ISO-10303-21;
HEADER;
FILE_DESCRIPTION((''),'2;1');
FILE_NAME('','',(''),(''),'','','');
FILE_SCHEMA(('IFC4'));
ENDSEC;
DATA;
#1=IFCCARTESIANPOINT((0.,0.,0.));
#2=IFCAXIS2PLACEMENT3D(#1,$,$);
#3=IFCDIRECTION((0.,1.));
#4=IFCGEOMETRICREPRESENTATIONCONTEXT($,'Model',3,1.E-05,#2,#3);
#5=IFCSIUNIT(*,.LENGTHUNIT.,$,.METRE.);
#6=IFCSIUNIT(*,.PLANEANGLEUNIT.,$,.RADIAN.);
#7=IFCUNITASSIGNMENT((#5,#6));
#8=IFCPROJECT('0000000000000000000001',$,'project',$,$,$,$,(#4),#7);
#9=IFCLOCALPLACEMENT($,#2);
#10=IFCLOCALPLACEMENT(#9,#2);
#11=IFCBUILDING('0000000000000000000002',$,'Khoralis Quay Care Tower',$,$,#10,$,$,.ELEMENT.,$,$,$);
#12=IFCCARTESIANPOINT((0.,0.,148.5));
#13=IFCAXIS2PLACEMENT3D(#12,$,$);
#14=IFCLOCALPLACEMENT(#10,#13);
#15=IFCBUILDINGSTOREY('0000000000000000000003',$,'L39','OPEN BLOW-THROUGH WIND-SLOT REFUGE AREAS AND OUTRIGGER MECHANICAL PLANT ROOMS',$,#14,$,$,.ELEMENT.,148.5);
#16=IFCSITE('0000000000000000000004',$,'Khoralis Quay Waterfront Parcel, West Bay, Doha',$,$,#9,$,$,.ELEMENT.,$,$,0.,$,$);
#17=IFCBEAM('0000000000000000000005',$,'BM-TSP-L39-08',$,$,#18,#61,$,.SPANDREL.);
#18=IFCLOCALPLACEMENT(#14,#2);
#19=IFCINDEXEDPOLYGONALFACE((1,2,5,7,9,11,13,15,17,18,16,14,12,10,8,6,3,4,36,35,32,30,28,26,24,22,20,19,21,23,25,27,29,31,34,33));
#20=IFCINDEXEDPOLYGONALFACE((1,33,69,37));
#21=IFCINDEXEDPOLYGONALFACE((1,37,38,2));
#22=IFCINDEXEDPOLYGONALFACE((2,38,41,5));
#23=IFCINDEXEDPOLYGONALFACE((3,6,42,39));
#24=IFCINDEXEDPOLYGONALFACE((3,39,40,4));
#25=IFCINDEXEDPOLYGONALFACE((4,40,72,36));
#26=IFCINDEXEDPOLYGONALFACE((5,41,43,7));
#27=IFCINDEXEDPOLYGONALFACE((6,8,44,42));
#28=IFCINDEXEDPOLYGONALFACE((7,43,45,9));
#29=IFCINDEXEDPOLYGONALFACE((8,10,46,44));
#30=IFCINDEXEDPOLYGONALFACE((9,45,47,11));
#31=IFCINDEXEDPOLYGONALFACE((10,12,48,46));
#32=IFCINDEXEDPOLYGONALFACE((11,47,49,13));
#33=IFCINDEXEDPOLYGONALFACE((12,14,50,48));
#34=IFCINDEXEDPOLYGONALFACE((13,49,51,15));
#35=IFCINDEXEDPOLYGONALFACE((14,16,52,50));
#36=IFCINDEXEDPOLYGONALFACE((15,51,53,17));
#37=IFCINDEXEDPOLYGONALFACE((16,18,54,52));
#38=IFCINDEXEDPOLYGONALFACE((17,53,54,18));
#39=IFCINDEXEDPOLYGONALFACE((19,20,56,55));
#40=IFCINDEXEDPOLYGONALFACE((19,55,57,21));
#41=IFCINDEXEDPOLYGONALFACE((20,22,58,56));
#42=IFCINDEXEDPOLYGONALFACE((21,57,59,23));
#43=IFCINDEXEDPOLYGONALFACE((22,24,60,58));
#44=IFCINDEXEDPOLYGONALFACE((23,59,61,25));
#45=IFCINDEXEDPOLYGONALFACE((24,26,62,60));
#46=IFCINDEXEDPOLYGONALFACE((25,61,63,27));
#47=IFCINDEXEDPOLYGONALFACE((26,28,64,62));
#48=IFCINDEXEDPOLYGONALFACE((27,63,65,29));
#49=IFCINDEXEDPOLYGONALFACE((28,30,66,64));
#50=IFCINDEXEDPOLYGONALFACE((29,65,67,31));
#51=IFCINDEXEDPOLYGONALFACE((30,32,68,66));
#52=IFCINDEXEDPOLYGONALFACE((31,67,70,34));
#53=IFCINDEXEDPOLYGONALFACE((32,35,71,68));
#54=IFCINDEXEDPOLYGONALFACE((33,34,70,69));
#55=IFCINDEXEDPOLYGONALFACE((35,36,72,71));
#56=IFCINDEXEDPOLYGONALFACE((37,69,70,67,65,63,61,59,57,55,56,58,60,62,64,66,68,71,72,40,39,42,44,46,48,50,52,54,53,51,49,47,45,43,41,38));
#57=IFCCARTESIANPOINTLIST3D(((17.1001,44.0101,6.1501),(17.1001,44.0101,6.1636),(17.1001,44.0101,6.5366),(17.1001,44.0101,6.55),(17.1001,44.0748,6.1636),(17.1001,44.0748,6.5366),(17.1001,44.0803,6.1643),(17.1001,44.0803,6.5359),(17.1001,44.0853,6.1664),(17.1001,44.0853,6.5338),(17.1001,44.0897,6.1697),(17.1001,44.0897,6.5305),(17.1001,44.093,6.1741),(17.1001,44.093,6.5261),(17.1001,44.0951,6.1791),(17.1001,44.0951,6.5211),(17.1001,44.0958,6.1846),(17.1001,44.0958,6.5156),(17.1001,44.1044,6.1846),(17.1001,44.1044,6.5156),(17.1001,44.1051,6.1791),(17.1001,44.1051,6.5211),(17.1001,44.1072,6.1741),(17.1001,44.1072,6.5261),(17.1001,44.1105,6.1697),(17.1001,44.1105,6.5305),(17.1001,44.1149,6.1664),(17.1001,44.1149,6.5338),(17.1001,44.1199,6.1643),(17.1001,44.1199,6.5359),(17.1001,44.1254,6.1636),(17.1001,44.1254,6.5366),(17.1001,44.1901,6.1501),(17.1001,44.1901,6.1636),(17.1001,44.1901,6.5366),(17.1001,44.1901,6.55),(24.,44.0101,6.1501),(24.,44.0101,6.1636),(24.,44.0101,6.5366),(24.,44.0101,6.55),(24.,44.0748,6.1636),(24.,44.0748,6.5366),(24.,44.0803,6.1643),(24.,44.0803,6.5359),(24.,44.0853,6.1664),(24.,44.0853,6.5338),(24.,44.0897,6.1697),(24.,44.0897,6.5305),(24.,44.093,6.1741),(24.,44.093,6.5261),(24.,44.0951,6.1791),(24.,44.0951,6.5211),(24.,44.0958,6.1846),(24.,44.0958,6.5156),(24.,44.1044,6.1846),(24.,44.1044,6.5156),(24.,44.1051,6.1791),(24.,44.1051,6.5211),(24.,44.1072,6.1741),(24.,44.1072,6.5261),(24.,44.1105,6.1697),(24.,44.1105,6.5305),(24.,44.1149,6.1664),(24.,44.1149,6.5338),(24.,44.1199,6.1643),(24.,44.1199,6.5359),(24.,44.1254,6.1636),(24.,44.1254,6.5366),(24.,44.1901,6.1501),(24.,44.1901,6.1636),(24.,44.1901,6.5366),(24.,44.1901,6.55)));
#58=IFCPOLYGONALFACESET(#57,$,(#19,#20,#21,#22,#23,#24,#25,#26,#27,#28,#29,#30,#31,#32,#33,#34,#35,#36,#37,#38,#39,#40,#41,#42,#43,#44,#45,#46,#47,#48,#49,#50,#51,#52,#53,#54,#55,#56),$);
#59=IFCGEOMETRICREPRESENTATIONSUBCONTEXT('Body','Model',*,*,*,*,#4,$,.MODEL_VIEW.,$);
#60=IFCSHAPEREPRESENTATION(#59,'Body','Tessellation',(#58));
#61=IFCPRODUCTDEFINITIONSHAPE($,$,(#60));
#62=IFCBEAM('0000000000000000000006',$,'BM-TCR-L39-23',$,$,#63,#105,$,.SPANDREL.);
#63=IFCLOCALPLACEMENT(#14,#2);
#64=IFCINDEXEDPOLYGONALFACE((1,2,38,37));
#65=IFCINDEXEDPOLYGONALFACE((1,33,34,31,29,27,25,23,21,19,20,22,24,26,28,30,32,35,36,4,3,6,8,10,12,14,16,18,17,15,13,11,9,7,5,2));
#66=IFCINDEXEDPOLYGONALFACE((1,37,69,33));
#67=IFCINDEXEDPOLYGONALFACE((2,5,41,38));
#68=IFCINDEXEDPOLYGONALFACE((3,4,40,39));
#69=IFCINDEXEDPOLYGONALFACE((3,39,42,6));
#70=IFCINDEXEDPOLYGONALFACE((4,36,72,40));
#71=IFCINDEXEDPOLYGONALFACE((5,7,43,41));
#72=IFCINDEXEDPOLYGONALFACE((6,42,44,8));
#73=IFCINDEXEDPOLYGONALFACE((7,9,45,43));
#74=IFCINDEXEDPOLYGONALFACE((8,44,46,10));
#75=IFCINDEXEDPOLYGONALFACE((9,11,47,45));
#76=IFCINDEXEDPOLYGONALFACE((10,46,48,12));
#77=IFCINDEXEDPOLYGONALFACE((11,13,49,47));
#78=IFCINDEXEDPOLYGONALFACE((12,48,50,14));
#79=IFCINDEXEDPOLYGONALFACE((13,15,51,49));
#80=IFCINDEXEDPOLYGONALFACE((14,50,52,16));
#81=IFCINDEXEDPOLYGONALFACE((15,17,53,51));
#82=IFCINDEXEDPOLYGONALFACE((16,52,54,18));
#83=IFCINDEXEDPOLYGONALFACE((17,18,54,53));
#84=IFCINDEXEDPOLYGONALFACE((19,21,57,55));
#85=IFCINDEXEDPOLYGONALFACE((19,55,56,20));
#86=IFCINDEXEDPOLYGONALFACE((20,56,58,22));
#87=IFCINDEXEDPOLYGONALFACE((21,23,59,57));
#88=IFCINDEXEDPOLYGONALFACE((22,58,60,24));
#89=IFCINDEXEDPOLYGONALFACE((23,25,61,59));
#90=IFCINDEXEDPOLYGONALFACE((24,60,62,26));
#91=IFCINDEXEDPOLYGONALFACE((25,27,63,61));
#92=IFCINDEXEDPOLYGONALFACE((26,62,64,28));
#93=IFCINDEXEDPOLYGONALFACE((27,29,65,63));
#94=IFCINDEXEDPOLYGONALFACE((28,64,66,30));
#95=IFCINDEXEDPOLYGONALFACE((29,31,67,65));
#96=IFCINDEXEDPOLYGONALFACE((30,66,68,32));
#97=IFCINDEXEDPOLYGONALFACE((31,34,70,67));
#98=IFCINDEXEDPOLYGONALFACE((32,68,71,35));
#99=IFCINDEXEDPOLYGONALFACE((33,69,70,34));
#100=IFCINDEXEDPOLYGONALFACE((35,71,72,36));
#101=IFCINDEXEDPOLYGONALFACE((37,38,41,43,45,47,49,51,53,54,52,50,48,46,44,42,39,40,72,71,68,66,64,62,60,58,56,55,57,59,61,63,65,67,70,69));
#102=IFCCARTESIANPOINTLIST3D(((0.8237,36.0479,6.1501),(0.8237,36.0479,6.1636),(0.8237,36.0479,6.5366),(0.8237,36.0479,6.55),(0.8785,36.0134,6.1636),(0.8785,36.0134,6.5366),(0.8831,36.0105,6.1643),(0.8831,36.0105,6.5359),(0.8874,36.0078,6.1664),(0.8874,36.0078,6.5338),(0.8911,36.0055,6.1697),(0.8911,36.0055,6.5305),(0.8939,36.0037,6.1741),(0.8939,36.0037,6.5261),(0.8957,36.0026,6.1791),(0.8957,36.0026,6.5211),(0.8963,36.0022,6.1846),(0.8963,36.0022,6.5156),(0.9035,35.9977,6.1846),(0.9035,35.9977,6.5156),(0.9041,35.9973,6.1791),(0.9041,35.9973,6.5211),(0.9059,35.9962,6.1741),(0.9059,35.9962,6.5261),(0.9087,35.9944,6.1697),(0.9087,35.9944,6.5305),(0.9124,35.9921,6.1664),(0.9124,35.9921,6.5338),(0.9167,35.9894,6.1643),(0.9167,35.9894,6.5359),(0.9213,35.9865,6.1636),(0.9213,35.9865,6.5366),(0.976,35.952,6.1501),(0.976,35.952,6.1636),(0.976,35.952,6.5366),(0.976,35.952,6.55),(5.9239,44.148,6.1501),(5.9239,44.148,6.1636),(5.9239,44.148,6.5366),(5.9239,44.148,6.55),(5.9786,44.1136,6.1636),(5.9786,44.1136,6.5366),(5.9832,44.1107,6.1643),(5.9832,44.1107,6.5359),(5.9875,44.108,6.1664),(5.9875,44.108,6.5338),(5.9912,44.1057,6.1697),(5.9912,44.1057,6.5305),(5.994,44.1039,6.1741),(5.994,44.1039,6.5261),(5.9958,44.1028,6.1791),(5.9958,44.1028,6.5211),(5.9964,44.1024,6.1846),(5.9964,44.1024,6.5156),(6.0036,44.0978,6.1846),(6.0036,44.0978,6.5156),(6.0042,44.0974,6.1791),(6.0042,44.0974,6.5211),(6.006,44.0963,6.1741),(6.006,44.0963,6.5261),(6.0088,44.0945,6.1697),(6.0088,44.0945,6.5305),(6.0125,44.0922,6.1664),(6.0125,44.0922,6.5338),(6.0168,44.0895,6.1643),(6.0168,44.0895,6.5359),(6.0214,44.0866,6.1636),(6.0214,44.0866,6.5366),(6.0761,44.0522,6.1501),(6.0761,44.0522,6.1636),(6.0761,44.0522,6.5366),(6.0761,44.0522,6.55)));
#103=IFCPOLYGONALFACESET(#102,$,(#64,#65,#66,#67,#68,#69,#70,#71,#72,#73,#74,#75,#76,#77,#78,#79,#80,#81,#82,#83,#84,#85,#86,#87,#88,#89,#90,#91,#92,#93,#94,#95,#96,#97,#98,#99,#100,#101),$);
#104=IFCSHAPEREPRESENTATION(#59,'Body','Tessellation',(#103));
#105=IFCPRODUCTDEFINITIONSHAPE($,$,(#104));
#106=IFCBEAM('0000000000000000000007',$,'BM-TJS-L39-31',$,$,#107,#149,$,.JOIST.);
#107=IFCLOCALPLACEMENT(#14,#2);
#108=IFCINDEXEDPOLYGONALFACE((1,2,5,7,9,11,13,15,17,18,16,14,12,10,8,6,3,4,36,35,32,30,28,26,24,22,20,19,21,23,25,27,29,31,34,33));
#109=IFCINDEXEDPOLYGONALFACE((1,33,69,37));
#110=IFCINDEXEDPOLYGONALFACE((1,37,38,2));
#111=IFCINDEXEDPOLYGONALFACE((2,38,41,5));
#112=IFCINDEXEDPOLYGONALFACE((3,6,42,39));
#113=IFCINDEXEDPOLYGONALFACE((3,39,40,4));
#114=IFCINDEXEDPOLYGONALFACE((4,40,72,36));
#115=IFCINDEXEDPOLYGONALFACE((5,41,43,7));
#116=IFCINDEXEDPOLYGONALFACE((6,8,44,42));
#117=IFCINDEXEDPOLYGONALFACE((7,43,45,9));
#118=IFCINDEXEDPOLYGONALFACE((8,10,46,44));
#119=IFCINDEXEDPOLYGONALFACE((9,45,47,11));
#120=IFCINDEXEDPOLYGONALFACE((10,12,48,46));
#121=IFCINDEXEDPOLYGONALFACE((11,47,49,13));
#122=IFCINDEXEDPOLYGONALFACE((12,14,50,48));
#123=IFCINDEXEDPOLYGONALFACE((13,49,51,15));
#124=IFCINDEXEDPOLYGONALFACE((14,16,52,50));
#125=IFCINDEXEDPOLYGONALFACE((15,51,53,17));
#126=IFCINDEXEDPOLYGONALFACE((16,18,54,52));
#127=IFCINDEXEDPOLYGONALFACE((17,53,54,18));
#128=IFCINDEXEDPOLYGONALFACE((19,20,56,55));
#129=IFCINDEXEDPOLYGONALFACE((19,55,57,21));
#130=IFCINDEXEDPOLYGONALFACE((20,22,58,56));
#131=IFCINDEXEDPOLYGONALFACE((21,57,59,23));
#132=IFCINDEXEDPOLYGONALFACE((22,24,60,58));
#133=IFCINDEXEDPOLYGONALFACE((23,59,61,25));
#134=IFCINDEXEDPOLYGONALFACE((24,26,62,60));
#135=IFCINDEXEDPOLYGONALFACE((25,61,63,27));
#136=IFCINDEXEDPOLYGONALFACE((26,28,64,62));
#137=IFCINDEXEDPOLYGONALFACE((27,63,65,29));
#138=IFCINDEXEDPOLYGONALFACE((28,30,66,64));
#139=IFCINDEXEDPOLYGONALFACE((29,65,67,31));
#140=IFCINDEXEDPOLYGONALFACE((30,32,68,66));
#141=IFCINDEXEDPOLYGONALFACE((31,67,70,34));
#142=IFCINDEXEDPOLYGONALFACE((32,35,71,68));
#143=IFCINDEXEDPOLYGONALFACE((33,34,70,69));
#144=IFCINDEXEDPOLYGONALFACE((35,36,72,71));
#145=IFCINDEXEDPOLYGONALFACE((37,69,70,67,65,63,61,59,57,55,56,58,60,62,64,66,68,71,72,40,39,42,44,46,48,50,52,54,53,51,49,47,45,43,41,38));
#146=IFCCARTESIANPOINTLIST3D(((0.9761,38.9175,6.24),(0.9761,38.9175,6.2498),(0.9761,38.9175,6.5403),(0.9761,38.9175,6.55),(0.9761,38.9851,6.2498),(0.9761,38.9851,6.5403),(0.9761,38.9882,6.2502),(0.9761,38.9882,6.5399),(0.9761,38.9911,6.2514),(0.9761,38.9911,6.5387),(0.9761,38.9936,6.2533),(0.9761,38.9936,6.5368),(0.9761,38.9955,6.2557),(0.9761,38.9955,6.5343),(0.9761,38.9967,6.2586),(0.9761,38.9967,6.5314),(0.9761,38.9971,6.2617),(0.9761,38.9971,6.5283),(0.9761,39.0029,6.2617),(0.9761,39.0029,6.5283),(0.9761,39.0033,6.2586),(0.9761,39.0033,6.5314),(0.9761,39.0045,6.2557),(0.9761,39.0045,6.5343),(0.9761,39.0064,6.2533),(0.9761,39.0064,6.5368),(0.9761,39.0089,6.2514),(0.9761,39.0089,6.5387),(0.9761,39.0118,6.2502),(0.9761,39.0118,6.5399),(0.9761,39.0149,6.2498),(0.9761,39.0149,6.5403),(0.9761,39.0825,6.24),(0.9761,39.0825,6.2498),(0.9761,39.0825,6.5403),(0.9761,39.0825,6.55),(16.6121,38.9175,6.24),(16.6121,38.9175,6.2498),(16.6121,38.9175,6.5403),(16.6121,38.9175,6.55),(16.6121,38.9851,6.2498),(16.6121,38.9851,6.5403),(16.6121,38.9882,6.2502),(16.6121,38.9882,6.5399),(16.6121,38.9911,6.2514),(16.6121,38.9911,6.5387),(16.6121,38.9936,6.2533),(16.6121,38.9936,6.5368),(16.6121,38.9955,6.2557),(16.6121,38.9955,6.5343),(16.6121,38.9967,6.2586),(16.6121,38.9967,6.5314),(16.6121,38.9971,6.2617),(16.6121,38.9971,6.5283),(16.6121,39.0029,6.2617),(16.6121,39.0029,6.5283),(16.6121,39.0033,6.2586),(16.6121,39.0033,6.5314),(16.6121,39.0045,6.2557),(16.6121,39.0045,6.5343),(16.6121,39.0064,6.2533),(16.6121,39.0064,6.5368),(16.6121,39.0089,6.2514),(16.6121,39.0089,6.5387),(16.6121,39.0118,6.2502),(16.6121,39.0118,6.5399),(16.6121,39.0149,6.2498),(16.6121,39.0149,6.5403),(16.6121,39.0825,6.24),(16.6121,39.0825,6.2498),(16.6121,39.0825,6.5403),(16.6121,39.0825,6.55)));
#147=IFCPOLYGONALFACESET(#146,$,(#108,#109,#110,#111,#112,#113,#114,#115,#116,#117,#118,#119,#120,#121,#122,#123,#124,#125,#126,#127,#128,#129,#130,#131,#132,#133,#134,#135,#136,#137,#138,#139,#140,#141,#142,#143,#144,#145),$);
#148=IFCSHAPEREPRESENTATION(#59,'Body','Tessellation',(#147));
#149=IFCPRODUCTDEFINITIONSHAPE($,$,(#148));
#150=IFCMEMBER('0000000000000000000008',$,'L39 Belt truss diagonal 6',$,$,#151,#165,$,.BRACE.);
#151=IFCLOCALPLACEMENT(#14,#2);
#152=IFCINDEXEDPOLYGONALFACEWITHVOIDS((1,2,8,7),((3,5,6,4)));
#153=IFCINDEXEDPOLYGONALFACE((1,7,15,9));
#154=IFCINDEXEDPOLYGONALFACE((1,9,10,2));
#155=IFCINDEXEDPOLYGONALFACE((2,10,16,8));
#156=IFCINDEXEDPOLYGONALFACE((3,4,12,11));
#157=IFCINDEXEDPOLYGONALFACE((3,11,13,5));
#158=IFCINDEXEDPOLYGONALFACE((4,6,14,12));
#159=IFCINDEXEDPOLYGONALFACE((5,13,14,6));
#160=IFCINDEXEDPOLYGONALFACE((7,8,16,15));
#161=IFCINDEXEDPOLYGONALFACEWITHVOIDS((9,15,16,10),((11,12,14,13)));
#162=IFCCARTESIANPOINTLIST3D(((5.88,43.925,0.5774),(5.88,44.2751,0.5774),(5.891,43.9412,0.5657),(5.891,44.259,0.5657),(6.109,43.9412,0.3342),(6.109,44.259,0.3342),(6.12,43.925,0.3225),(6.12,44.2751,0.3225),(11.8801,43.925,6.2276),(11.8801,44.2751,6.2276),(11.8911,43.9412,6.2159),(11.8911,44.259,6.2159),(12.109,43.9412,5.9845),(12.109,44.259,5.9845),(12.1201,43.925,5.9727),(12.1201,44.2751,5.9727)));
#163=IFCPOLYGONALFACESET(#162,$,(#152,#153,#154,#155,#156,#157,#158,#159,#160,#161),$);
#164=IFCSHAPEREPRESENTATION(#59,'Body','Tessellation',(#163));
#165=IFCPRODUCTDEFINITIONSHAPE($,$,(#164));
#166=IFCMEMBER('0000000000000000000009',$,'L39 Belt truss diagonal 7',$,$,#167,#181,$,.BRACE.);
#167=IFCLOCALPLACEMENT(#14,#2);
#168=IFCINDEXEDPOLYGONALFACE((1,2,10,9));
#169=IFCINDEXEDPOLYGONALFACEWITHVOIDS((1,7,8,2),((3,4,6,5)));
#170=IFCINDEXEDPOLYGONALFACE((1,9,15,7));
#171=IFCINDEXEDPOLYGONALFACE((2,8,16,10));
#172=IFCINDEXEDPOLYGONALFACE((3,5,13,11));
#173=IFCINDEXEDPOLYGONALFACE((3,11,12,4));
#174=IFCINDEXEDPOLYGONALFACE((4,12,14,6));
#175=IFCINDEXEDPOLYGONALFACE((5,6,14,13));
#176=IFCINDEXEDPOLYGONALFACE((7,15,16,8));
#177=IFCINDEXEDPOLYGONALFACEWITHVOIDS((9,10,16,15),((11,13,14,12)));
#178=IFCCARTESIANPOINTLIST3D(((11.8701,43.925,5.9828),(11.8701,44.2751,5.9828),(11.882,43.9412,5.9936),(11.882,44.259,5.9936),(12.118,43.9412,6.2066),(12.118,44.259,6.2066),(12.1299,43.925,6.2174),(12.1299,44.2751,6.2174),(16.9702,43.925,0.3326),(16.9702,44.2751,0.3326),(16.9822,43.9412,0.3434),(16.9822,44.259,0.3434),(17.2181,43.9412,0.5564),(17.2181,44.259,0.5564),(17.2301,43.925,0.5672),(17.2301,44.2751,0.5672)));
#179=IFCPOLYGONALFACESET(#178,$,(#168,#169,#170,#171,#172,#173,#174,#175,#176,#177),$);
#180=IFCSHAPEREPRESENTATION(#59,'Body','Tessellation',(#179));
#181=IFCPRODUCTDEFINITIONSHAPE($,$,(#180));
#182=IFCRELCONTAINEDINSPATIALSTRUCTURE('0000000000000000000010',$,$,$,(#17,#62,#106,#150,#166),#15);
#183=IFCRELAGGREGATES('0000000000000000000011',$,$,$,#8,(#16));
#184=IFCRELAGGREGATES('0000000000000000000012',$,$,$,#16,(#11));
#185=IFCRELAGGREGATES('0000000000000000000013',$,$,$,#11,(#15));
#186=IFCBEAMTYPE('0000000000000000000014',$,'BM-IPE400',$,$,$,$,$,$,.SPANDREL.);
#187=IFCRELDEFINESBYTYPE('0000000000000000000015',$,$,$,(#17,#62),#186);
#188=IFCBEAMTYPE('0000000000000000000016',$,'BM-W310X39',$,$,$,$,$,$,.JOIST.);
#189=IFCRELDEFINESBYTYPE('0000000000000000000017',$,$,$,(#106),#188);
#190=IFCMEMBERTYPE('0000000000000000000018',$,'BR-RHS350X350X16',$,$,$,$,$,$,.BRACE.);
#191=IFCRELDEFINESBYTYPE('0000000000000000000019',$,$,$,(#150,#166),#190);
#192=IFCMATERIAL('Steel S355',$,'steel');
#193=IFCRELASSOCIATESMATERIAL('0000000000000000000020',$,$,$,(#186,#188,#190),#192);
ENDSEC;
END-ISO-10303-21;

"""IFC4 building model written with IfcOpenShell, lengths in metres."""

from ifc_helpers import new_model, si_unit, direction, frame, origin, origin_2d, place, context, subcontext, project, spatial, hollow_rectangle, i_section, extrude, source, transform, mapped, material, material_profile, profile_set, type_object, element, save


model = new_model("IFC4")

# Units and contexts
model_context = context("Model", 3, precision=1e-05, world=origin(), true_north=direction((0.0, 1.0)))
body_context = subcontext(model_context, "Body", "Model", "MODEL_VIEW")
ifc_project = project(units=[si_unit("LENGTHUNIT", "METRE"), si_unit("PLANEANGLEUNIT", "RADIAN")], contexts=[model_context])

# Site, building, storey
site_placement = place(None, origin())
site = spatial("IfcSite", under=ifc_project, at=site_placement, Name="Khoralis Quay Waterfront Parcel, West Bay, Doha", CompositionType="ELEMENT", RefElevation=0.0)
building_placement = place(site_placement, origin())
building = spatial("IfcBuilding", under=site, at=building_placement, Name="Khoralis Quay Care Tower", CompositionType="ELEMENT")
storey_placement = place(building_placement, frame((0.0, 0.0, 148.5)))
storey = spatial("IfcBuildingStorey", under=building, at=storey_placement, Name="L39", Description="OPEN BLOW-THROUGH WIND-SLOT REFUGE AREAS AND OUTRIGGER MECHANICAL PLANT ROOMS", CompositionType="ELEMENT", Elevation=148.5)

# Beams
ifc_material_1 = material(Name="Steel S355", Category="steel")
ifc_material_profile_1 = material_profile(ifc_material_1, i_section(OverallWidth=0.1799, OverallDepth=0.3999, WebThickness=0.0085, FlangeThickness=0.0134, FilletRadius=0.021, at=origin_2d()), Name="Steel S355")
ifc_profile_set_1 = profile_set([ifc_material_profile_1], Name="Steel S355")
beam_type_1 = type_object("IfcBeamType", Name="BM-IPE400", PredefinedType="SPANDREL", material=ifc_profile_set_1)
shared_shape_1 = source(origin(), body_context, "Body", "SweptSolid", [
    extrude(i_section(OverallWidth=0.1799, OverallDepth=0.3999, WebThickness=0.0085, FlangeThickness=0.0134, FilletRadius=0.021, at=origin_2d()), origin(), (0.0, 0.0, 1.0), 6.8999),
])
beam_1_placement = place(storey_placement, frame((17.1001, 44.1001, 6.3501), z_axis=(1.0, 0.0, 0.0), x_axis=(0.0, 1.0, 0.0)))
element("IfcBeam", 1, at=beam_1_placement, inside=storey, type_object=beam_type_1, Name="BM-TSP-L39-08", PredefinedType="SPANDREL", context=body_context, shape_type="MappedRepresentation", body=[
    mapped(shared_shape_1, transform((0.0, 0.0, 0.0), scale=1.0)),
])
shared_shape_2 = source(origin(), body_context, "Body", "SweptSolid", [
    extrude(i_section(OverallWidth=0.1799, OverallDepth=0.3999, WebThickness=0.0085, FlangeThickness=0.0134, FilletRadius=0.021, at=origin_2d()), origin(), (0.0, 0.0, 1.0), 9.572),
])
beam_2_placement = place(storey_placement, frame((6.0, 44.1001, 6.3501), z_axis=(-0.532816, -0.846231, 0.0), x_axis=(0.846231, -0.532816, 0.0)))
element("IfcBeam", 2, at=beam_2_placement, inside=storey, type_object=beam_type_1, Name="BM-TCR-L39-23", PredefinedType="SPANDREL", context=body_context, shape_type="MappedRepresentation", body=[
    mapped(shared_shape_2, transform((0.0, 0.0, 0.0), scale=1.0)),
])
ifc_material_profile_2 = material_profile(ifc_material_1, i_section(OverallWidth=0.165, OverallDepth=0.3101, WebThickness=0.0059, FlangeThickness=0.0098, FilletRadius=0.012, at=origin_2d()), Name="Steel S355")
ifc_profile_set_2 = profile_set([ifc_material_profile_2], Name="Steel S355")
beam_type_2 = type_object("IfcBeamType", Name="BM-W310X39", PredefinedType="JOIST", material=ifc_profile_set_2)
shared_shape_3 = source(origin(), body_context, "Body", "SweptSolid", [
    extrude(i_section(OverallWidth=0.165, OverallDepth=0.3101, WebThickness=0.0059, FlangeThickness=0.0098, FilletRadius=0.012, at=origin_2d()), origin(), (0.0, 0.0, 1.0), 15.636),
])
beam_3_placement = place(storey_placement, frame((0.9761, 39.0, 6.395), z_axis=(1.0, 0.0, 0.0), x_axis=(0.0, 1.0, 0.0)))
element("IfcBeam", 3, at=beam_3_placement, inside=storey, type_object=beam_type_2, Name="BM-TJS-L39-31", PredefinedType="JOIST", context=body_context, shape_type="MappedRepresentation", body=[
    mapped(shared_shape_3, transform((0.0, 0.0, 0.0), scale=1.0)),
])

# Members
ifc_material_profile_3 = material_profile(ifc_material_1, hollow_rectangle(XDim=0.3501, YDim=0.3501, WallThickness=0.0161, at=origin_2d()), Name="Steel S355")
ifc_profile_set_3 = profile_set([ifc_material_profile_3], Name="Steel S355")
member_type = type_object("IfcMemberType", Name="BR-RHS350X350X16", PredefinedType="BRACE", material=ifc_profile_set_3)
shared_shape_4 = source(origin(), body_context, "Body", "SweptSolid", [
    extrude(hollow_rectangle(XDim=0.3501, YDim=0.3501, WallThickness=0.0161, at=origin_2d()), origin(), (0.0, 0.0, 1.0), 8.2417),
])
member_1_placement = place(storey_placement, frame((6.0, 44.1001, 0.45), z_axis=(0.728013, 0.0, 0.685563), x_axis=(0.0, 1.0, 0.0)))
element("IfcMember", 4, at=member_1_placement, inside=storey, type_object=member_type, Name="L39 Belt truss diagonal 6", PredefinedType="BRACE", context=body_context, shape_type="MappedRepresentation", body=[
    mapped(shared_shape_4, transform((0.0, 0.0, 0.0), scale=1.0)),
])
shared_shape_5 = source(origin(), body_context, "Body", "SweptSolid", [
    extrude(hollow_rectangle(XDim=0.3501, YDim=0.3501, WallThickness=0.0161, at=origin_2d()), origin(), (0.0, 0.0, 1.0), 7.6116),
])
member_2_placement = place(storey_placement, frame((12.0, 44.1001, 6.1001), z_axis=(0.67005, 0.0, -0.742316), x_axis=(0.0, 1.0, 0.0)))
element("IfcMember", 5, at=member_2_placement, inside=storey, type_object=member_type, Name="L39 Belt truss diagonal 7", PredefinedType="BRACE", context=body_context, shape_type="MappedRepresentation", body=[
    mapped(shared_shape_5, transform((0.0, 0.0, 0.0), scale=1.0)),
])

save(model, "model.ifc")
